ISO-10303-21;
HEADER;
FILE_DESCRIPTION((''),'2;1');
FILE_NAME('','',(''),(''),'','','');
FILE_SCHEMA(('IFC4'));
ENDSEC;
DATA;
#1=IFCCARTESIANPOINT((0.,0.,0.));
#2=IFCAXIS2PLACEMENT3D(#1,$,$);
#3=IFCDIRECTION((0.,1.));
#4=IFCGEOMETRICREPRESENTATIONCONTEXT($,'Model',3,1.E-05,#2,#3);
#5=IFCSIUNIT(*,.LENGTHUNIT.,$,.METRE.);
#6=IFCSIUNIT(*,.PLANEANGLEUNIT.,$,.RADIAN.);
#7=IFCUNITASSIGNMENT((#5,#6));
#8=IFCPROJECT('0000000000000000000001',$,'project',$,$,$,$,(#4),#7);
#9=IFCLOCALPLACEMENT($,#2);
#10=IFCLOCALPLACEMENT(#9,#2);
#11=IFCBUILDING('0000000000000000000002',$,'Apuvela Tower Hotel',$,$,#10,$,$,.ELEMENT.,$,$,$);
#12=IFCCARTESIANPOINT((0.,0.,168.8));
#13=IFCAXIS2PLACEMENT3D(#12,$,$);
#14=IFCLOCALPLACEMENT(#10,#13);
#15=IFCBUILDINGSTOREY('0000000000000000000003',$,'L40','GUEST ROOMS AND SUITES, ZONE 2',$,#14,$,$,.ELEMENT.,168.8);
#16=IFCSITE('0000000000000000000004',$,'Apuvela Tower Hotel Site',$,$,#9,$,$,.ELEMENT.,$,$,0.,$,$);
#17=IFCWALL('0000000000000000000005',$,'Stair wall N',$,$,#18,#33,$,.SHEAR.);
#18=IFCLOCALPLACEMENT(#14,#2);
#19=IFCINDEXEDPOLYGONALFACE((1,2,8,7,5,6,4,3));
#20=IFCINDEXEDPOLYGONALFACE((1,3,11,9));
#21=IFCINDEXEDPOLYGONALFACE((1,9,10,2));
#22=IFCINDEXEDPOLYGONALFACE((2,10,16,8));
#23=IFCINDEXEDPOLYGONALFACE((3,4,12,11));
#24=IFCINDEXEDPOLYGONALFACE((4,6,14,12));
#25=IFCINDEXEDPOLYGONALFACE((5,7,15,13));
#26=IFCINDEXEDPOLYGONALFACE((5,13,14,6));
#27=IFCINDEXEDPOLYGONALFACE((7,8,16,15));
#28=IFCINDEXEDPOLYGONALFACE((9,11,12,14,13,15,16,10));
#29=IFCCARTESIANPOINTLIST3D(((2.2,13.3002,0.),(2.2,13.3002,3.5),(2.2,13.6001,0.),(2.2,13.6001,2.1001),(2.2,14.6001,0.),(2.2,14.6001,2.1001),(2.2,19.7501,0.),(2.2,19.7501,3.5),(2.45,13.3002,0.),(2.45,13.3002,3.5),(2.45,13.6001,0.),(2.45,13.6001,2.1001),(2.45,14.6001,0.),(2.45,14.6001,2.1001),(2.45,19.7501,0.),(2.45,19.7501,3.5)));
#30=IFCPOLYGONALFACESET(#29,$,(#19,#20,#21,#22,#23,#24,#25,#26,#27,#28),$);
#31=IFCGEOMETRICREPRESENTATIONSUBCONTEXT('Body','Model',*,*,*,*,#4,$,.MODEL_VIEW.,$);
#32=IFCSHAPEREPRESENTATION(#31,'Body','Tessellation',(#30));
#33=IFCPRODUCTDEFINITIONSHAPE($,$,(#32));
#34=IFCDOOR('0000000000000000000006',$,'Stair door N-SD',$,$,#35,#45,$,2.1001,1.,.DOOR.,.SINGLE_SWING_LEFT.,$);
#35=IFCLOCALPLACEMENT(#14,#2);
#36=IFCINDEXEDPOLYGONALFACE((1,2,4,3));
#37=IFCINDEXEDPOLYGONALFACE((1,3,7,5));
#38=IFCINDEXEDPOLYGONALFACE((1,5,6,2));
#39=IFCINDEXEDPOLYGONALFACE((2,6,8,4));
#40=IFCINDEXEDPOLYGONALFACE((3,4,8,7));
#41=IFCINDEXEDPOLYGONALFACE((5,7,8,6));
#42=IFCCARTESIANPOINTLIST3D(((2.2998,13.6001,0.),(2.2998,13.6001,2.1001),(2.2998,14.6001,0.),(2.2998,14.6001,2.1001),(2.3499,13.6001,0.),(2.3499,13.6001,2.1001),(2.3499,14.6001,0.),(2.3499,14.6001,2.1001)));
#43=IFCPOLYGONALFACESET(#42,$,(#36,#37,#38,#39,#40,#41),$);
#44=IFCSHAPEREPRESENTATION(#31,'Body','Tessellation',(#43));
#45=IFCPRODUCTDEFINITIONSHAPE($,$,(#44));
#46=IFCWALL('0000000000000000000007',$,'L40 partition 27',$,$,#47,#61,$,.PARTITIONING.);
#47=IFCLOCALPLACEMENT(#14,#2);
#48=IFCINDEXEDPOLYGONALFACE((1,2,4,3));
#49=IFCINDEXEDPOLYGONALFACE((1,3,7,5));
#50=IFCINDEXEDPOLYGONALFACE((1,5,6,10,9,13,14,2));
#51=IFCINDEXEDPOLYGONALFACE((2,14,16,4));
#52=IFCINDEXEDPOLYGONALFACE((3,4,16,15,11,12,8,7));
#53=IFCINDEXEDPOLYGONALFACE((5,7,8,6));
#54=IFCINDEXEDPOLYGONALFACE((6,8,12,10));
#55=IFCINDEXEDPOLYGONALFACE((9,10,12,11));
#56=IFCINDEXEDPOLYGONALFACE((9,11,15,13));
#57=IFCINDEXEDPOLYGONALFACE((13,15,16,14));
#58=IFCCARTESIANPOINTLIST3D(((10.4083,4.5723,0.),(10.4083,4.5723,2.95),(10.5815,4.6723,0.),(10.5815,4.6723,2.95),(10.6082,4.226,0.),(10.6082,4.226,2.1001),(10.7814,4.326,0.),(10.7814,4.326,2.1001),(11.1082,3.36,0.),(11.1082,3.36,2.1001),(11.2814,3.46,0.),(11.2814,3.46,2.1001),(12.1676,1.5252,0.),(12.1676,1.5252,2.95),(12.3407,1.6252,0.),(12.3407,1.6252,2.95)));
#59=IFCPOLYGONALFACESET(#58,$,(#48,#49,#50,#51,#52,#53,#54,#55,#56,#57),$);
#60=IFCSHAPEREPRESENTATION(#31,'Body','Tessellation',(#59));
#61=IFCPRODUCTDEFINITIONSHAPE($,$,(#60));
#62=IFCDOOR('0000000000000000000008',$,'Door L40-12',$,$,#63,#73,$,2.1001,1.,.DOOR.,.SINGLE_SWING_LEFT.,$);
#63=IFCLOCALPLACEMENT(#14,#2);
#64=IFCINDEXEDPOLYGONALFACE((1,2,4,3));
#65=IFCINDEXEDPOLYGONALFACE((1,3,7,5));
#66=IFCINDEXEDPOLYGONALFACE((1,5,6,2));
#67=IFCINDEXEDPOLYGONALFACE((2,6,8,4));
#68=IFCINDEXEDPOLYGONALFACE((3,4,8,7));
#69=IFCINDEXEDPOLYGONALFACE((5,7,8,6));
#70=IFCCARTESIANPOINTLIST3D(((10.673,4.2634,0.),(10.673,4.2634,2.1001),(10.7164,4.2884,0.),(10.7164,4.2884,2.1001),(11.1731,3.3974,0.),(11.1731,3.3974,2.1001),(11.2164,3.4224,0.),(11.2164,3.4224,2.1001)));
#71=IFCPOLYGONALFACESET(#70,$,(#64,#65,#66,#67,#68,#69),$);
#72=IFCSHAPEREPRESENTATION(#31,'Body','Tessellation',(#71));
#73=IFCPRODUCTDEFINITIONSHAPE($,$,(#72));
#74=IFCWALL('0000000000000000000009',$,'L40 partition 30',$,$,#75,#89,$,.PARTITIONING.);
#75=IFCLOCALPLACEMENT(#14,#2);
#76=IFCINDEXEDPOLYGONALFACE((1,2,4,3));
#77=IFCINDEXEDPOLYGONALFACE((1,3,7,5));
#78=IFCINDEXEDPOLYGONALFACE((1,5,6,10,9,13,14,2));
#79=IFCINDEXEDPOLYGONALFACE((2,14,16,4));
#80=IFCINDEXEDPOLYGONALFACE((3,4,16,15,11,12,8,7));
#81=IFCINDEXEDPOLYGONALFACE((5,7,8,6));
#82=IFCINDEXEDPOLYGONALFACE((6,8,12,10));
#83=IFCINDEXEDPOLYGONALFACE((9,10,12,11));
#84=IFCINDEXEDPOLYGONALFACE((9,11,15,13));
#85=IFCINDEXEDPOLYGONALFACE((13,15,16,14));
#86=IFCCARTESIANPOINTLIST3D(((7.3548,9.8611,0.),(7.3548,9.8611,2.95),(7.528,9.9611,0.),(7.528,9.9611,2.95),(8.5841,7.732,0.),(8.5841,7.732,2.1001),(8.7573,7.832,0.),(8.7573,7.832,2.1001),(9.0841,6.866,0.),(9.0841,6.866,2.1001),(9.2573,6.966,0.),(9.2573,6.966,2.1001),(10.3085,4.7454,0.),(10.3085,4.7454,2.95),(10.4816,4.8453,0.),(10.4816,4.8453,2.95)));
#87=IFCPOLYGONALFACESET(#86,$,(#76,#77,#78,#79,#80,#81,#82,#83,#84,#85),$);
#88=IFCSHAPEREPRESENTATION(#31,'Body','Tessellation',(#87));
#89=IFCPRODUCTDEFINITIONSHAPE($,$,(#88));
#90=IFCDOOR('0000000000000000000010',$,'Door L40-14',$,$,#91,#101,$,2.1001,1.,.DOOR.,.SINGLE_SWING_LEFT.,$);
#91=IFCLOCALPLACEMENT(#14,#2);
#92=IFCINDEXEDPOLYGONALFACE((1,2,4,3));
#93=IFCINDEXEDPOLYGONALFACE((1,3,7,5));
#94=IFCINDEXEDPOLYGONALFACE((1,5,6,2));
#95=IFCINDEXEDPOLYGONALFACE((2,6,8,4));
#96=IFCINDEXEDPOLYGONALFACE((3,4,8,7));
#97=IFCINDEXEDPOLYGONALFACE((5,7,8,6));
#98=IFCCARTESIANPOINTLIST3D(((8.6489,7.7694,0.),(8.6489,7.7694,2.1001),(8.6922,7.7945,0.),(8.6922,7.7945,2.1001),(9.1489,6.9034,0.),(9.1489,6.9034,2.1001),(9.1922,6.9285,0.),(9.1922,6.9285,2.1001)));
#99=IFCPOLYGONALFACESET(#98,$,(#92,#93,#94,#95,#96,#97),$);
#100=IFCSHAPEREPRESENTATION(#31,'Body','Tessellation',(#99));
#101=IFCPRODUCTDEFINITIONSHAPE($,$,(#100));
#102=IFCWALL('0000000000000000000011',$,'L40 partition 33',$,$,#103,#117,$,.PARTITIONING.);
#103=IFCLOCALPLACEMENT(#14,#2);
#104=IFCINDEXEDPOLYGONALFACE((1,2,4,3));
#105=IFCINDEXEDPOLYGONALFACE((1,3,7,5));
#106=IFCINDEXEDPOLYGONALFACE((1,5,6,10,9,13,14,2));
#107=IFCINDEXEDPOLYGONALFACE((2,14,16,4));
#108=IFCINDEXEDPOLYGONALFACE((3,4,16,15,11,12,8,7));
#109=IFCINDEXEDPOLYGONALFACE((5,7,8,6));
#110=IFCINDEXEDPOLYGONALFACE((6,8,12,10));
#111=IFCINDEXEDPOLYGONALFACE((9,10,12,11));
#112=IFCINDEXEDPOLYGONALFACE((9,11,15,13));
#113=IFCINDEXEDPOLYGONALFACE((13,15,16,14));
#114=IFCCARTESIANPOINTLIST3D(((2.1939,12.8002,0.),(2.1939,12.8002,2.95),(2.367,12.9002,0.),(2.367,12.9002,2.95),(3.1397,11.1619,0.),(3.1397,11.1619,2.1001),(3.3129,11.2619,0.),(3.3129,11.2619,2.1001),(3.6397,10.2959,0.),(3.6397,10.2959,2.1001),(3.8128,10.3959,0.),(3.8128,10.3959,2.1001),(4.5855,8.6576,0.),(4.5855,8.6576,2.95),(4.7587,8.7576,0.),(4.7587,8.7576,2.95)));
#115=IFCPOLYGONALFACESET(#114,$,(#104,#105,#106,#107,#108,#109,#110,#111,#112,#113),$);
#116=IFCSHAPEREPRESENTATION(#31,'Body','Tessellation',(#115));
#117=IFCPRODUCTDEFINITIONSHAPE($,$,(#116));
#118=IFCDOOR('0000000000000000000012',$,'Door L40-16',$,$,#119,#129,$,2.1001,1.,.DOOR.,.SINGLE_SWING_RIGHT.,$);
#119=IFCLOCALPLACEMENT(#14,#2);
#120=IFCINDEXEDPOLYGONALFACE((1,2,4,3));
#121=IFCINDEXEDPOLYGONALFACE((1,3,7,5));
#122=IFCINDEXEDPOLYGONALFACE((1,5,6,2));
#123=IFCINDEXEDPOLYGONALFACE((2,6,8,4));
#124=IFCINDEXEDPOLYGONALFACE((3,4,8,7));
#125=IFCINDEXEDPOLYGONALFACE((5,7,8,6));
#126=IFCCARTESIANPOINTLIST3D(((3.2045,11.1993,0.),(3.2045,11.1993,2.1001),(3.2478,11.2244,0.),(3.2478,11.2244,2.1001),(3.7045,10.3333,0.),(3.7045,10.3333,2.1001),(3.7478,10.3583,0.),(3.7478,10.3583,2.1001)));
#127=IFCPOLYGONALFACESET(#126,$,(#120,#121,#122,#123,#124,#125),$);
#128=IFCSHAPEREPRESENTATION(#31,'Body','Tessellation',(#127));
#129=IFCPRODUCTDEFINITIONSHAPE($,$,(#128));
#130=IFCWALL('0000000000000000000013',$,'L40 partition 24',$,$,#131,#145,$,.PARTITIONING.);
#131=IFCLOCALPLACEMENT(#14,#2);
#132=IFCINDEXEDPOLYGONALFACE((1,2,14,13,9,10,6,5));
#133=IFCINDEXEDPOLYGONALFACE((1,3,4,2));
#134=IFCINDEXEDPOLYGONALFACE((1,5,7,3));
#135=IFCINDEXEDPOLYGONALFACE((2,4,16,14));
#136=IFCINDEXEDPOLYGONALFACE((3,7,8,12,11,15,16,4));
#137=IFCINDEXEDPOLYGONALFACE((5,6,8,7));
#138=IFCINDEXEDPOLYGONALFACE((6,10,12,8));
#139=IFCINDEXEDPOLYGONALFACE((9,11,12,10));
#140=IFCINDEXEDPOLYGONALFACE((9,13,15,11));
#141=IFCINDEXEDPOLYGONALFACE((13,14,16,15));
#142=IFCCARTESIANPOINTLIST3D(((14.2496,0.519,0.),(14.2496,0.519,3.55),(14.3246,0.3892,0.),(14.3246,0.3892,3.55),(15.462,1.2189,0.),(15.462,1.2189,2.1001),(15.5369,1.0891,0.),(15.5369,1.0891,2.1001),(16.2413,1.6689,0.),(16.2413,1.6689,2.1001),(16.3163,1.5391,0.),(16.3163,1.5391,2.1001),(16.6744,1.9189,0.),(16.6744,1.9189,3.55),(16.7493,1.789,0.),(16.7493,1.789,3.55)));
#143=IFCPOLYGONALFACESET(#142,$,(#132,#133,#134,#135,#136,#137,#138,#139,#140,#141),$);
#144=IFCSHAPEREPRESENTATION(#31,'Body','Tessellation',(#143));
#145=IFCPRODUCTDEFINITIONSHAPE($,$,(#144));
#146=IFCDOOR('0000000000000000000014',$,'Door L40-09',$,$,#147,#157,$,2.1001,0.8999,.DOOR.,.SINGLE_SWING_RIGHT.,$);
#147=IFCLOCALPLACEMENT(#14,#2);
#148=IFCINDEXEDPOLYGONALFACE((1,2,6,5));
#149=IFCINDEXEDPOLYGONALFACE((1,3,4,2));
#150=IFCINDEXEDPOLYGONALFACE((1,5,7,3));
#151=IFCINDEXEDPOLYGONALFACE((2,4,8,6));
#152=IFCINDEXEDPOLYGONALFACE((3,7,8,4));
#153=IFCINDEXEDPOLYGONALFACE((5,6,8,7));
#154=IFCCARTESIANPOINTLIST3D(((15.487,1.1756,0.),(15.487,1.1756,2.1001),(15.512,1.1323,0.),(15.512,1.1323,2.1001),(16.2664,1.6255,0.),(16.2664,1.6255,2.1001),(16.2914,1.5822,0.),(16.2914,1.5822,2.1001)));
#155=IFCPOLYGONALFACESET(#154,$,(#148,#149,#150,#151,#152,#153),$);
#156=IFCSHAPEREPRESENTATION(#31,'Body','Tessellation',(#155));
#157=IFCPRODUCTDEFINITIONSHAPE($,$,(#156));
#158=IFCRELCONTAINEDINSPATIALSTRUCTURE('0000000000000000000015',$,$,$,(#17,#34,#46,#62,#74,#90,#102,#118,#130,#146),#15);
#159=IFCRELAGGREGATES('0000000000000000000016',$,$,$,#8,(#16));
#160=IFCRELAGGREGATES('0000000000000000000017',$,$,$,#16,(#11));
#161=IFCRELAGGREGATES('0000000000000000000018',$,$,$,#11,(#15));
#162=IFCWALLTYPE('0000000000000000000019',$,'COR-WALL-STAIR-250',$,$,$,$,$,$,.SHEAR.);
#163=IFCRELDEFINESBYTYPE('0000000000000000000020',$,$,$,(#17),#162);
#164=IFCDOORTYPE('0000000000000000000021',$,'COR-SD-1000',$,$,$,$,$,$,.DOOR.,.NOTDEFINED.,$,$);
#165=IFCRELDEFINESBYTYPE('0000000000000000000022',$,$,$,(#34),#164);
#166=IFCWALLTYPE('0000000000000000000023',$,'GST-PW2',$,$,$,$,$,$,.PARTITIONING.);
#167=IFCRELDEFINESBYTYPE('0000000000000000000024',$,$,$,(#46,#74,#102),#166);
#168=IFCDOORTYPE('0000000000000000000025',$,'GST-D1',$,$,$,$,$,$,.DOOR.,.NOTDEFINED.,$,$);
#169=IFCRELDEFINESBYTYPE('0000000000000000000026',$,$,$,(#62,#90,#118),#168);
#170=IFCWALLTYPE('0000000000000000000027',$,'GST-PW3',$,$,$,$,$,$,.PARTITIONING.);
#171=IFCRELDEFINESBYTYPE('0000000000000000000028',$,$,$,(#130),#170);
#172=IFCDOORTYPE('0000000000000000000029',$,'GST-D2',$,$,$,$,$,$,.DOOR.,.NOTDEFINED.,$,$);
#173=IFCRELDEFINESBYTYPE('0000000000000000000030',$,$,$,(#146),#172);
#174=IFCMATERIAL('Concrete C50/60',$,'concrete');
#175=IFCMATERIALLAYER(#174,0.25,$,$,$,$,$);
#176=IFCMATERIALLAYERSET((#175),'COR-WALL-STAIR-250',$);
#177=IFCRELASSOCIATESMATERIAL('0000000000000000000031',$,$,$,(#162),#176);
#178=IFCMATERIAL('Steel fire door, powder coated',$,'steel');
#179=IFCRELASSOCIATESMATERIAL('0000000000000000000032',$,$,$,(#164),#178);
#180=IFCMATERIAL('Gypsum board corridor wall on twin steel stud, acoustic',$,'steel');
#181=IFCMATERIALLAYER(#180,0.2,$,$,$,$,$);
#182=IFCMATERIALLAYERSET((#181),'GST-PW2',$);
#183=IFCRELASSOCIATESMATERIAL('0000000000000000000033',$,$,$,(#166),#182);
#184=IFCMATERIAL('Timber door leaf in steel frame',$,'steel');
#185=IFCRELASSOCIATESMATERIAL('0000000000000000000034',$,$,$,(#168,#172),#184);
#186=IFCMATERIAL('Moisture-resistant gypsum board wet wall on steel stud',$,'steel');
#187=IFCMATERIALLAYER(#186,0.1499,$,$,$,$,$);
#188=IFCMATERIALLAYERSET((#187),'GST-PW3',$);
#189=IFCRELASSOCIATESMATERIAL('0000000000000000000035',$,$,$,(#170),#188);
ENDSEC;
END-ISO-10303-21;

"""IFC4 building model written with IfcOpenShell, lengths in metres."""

from ifc_helpers import new_model, si_unit, direction, frame, frame_2d, origin, place, context, subcontext, project, spatial, rectangle, extrude, material, layer, layer_set, type_object, element, fill, save


model = new_model("IFC4")

# Units and contexts
model_context = context("Model", 3, precision=1e-05, world=origin(), true_north=direction((0.0, 1.0)))
body_context = subcontext(model_context, "Body", "Model", "MODEL_VIEW")
ifc_project = project(units=[si_unit("LENGTHUNIT", "METRE"), si_unit("PLANEANGLEUNIT", "RADIAN")], contexts=[model_context])

# Site, building, storey
site_placement = place(None, origin())
site = spatial("IfcSite", under=ifc_project, at=site_placement, Name="Apuvela Tower Hotel Site", CompositionType="ELEMENT", RefElevation=0.0)
building_placement = place(site_placement, origin())
building = spatial("IfcBuilding", under=site, at=building_placement, Name="Apuvela Tower Hotel", CompositionType="ELEMENT")
storey_placement = place(building_placement, frame((0.0, 0.0, 168.8)))
storey = spatial("IfcBuildingStorey", under=building, at=storey_placement, Name="L40", Description="GUEST ROOMS AND SUITES, ZONE 2", CompositionType="ELEMENT", Elevation=168.8)

# Shared definitions
ifc_material_1 = material(Name="Concrete C50/60", Category="concrete")

# Shared definitions
ifc_material_2 = material(Name="Steel fire door, powder coated", Category="steel")

# Walls, openings, doors
ifc_layer_1 = layer(ifc_material_1, 0.25)
ifc_layer_set_1 = layer_set([ifc_layer_1], Name="COR-WALL-STAIR-250")
wall_type_1 = type_object("IfcWallType", Name="COR-WALL-STAIR-250", PredefinedType="SHEAR", material=ifc_layer_set_1)
wall_1_placement = place(storey_placement, frame((2.325, 13.3, 0.0), z_axis=(0.0, 0.0, 1.0), x_axis=(0.0, 1.0, 0.0)))
wall_1 = element("IfcWall", 1, at=wall_1_placement, inside=storey, type_object=wall_type_1, Name="Stair wall N", PredefinedType="SHEAR", context=body_context, shape_type="SweptSolid", body=[
    extrude(rectangle(XDim=6.45, YDim=0.25, at=frame_2d((3.2251, 0.0))), origin(), (0.0, 0.0, 1.0), 3.5),
])
opening_1_placement = place(wall_1_placement, frame((0.3, 0.0, 0.0)))
opening_1 = element("IfcOpeningElement", 2, at=opening_1_placement, cuts=wall_1, PredefinedType="OPENING", context=body_context, shape_type="SweptSolid", body=[
    extrude(rectangle(XDim=1.0, YDim=2.1001, at=frame_2d((0.5, 1.05))), frame((0.0, 0.135, 0.0), z_axis=(0.0, -1.0, 0.0), x_axis=(1.0, 0.0, 0.0)), (0.0, 0.0, 1.0), 0.27),
])
door_type_1 = type_object("IfcDoorType", Name="COR-SD-1000", OperationType="NOTDEFINED", PredefinedType="DOOR", material=ifc_material_2)
door_1_placement = place(opening_1_placement, frame((1.0, 0.0, 0.0), z_axis=(0.0, 0.0, 1.0), x_axis=(-1.0, 0.0, 0.0)))
door_1 = element("IfcDoor", 3, at=door_1_placement, inside=storey, type_object=door_type_1, Name="Stair door N-SD", OperationType="SINGLE_SWING_LEFT", OverallHeight=2.1001, OverallWidth=1.0, PredefinedType="DOOR", context=body_context, shape_type="SweptSolid", body=[
    extrude(rectangle(XDim=1.0, YDim=2.1001, at=frame_2d((0.5, 1.05))), frame((0.0, 0.0249, 0.0), z_axis=(0.0, -1.0, 0.0), x_axis=(1.0, 0.0, 0.0)), (0.0, 0.0, 1.0), 0.05),
])
fill(opening_1, door_1)
ifc_material_3 = material(Name="Gypsum board corridor wall on twin steel stud, acoustic", Category="steel")
ifc_layer_2 = layer(ifc_material_3, 0.2)
ifc_layer_set_2 = layer_set([ifc_layer_2], Name="GST-PW2")
wall_type_2 = type_object("IfcWallType", Name="GST-PW2", PredefinedType="PARTITIONING", material=ifc_layer_set_2)
wall_2_placement = place(storey_placement, frame((10.4949, 4.6223, 0.0), z_axis=(0.0, 0.0, 1.0), x_axis=(0.500005, -0.866023, 0.0)))
wall_2 = element("IfcWall", 4, at=wall_2_placement, inside=storey, type_object=wall_type_2, Name="L40 partition 27", PredefinedType="PARTITIONING", context=body_context, shape_type="SweptSolid", body=[
    extrude(rectangle(XDim=3.5186, YDim=0.2, at=frame_2d((1.7593, 0.0))), origin(), (0.0, 0.0, 1.0), 2.95),
])
opening_2_placement = place(wall_2_placement, frame((0.3999, 0.0, 0.0)))
opening_2 = element("IfcOpeningElement", 5, at=opening_2_placement, cuts=wall_2, PredefinedType="OPENING", context=body_context, shape_type="SweptSolid", body=[
    extrude(rectangle(XDim=1.0, YDim=2.1001, at=frame_2d((0.5, 1.05))), frame((0.0, 0.1099, 0.0), z_axis=(0.0, -1.0, 0.0), x_axis=(1.0, 0.0, 0.0)), (0.0, 0.0, 1.0), 0.22),
])
ifc_material_4 = material(Name="Timber door leaf in steel frame", Category="steel")
door_type_2 = type_object("IfcDoorType", Name="GST-D1", OperationType="NOTDEFINED", PredefinedType="DOOR", material=ifc_material_4)
door_2_placement = place(opening_2_placement, origin())
door_2 = element("IfcDoor", 6, at=door_2_placement, inside=storey, type_object=door_type_2, Name="Door L40-12", OperationType="SINGLE_SWING_LEFT", OverallHeight=2.1001, OverallWidth=1.0, PredefinedType="DOOR", context=body_context, shape_type="SweptSolid", body=[
    extrude(rectangle(XDim=1.0, YDim=2.1001, at=frame_2d((0.5, 1.05))), frame((0.0, 0.0249, 0.0), z_axis=(0.0, -1.0, 0.0), x_axis=(1.0, 0.0, 0.0)), (0.0, 0.0, 1.0), 0.05),
])
fill(opening_2, door_2)
wall_3_placement = place(storey_placement, frame((7.4414, 9.9111, 0.0), z_axis=(0.0, 0.0, 1.0), x_axis=(0.500006, -0.866022, 0.0)))
wall_3 = element("IfcWall", 7, at=wall_3_placement, inside=storey, type_object=wall_type_2, Name="L40 partition 30", PredefinedType="PARTITIONING", context=body_context, shape_type="SweptSolid", body=[
    extrude(rectangle(XDim=5.9072, YDim=0.2, at=frame_2d((2.9536, 0.0))), origin(), (0.0, 0.0, 1.0), 2.95),
])
opening_3_placement = place(wall_3_placement, frame((2.4585, 0.0, 0.0)))
opening_3 = element("IfcOpeningElement", 8, at=opening_3_placement, cuts=wall_3, PredefinedType="OPENING", context=body_context, shape_type="SweptSolid", body=[
    extrude(rectangle(XDim=1.0, YDim=2.1001, at=frame_2d((0.5, 1.05))), frame((0.0, 0.1099, 0.0), z_axis=(0.0, -1.0, 0.0), x_axis=(1.0, 0.0, 0.0)), (0.0, 0.0, 1.0), 0.22),
])
door_3_placement = place(opening_3_placement, origin())
door_3 = element("IfcDoor", 9, at=door_3_placement, inside=storey, type_object=door_type_2, Name="Door L40-14", OperationType="SINGLE_SWING_LEFT", OverallHeight=2.1001, OverallWidth=1.0, PredefinedType="DOOR", context=body_context, shape_type="SweptSolid", body=[
    extrude(rectangle(XDim=1.0, YDim=2.1001, at=frame_2d((0.5, 1.05))), frame((0.0, 0.0249, 0.0), z_axis=(0.0, -1.0, 0.0), x_axis=(1.0, 0.0, 0.0)), (0.0, 0.0, 1.0), 0.05),
])
fill(opening_3, door_3)
wall_4_placement = place(storey_placement, frame((2.2805, 12.8501, 0.0), z_axis=(0.0, 0.0, 1.0), x_axis=(0.499982, -0.866036, 0.0)))
wall_4 = element("IfcWall", 10, at=wall_4_placement, inside=storey, type_object=wall_type_2, Name="L40 partition 33", PredefinedType="PARTITIONING", context=body_context, shape_type="SweptSolid", body=[
    extrude(rectangle(XDim=4.7834, YDim=0.2, at=frame_2d((2.3916, 0.0))), origin(), (0.0, 0.0, 1.0), 2.95),
])
opening_4_placement = place(wall_4_placement, frame((1.8916, 0.0, 0.0)))
opening_4 = element("IfcOpeningElement", 11, at=opening_4_placement, cuts=wall_4, PredefinedType="OPENING", context=body_context, shape_type="SweptSolid", body=[
    extrude(rectangle(XDim=1.0, YDim=2.1001, at=frame_2d((0.5, 1.05))), frame((0.0, 0.1099, 0.0), z_axis=(0.0, -1.0, 0.0), x_axis=(1.0, 0.0, 0.0)), (0.0, 0.0, 1.0), 0.22),
])
door_4_placement = place(opening_4_placement, origin())
door_4 = element("IfcDoor", 12, at=door_4_placement, inside=storey, type_object=door_type_2, Name="Door L40-16", OperationType="SINGLE_SWING_RIGHT", OverallHeight=2.1001, OverallWidth=1.0, PredefinedType="DOOR", context=body_context, shape_type="SweptSolid", body=[
    extrude(rectangle(XDim=1.0, YDim=2.1001, at=frame_2d((0.5, 1.05))), frame((0.0, 0.0249, 0.0), z_axis=(0.0, -1.0, 0.0), x_axis=(1.0, 0.0, 0.0)), (0.0, 0.0, 1.0), 0.05),
])
fill(opening_4, door_4)
ifc_material_5 = material(Name="Moisture-resistant gypsum board wet wall on steel stud", Category="steel")
ifc_layer_3 = layer(ifc_material_5, 0.1499)
ifc_layer_set_3 = layer_set([ifc_layer_3], Name="GST-PW3")
wall_type_3 = type_object("IfcWallType", Name="GST-PW3", PredefinedType="PARTITIONING", material=ifc_layer_set_3)
wall_5_placement = place(storey_placement, frame((14.2871, 0.4541, 0.0), z_axis=(0.0, 0.0, 1.0), x_axis=(0.866035, 0.499984, 0.0)))
wall_5 = element("IfcWall", 13, at=wall_5_placement, inside=storey, type_object=wall_type_3, Name="L40 partition 24", PredefinedType="PARTITIONING", context=body_context, shape_type="SweptSolid", body=[
    extrude(rectangle(XDim=2.7998, YDim=0.1499, at=frame_2d((1.3999, 0.0))), origin(), (0.0, 0.0, 1.0), 3.55),
])
opening_5_placement = place(wall_5_placement, frame((1.3999, 0.0, 0.0)))
opening_5 = element("IfcOpeningElement", 14, at=opening_5_placement, cuts=wall_5, PredefinedType="OPENING", context=body_context, shape_type="SweptSolid", body=[
    extrude(rectangle(XDim=0.8999, YDim=2.1001, at=frame_2d((0.45, 1.05))), frame((0.0, 0.085, 0.0), z_axis=(0.0, -1.0, 0.0), x_axis=(1.0, 0.0, 0.0)), (0.0, 0.0, 1.0), 0.1699),
])
door_type_3 = type_object("IfcDoorType", Name="GST-D2", OperationType="NOTDEFINED", PredefinedType="DOOR", material=ifc_material_4)
door_5_placement = place(opening_5_placement, origin())
door_5 = element("IfcDoor", 15, at=door_5_placement, inside=storey, type_object=door_type_3, Name="Door L40-09", OperationType="SINGLE_SWING_RIGHT", OverallHeight=2.1001, OverallWidth=0.8999, PredefinedType="DOOR", context=body_context, shape_type="SweptSolid", body=[
    extrude(rectangle(XDim=0.8999, YDim=2.1001, at=frame_2d((0.45, 1.05))), frame((0.0, 0.0249, 0.0), z_axis=(0.0, -1.0, 0.0), x_axis=(1.0, 0.0, 0.0)), (0.0, 0.0, 1.0), 0.05),
])
fill(opening_5, door_5)

save(model, "model.ifc")
